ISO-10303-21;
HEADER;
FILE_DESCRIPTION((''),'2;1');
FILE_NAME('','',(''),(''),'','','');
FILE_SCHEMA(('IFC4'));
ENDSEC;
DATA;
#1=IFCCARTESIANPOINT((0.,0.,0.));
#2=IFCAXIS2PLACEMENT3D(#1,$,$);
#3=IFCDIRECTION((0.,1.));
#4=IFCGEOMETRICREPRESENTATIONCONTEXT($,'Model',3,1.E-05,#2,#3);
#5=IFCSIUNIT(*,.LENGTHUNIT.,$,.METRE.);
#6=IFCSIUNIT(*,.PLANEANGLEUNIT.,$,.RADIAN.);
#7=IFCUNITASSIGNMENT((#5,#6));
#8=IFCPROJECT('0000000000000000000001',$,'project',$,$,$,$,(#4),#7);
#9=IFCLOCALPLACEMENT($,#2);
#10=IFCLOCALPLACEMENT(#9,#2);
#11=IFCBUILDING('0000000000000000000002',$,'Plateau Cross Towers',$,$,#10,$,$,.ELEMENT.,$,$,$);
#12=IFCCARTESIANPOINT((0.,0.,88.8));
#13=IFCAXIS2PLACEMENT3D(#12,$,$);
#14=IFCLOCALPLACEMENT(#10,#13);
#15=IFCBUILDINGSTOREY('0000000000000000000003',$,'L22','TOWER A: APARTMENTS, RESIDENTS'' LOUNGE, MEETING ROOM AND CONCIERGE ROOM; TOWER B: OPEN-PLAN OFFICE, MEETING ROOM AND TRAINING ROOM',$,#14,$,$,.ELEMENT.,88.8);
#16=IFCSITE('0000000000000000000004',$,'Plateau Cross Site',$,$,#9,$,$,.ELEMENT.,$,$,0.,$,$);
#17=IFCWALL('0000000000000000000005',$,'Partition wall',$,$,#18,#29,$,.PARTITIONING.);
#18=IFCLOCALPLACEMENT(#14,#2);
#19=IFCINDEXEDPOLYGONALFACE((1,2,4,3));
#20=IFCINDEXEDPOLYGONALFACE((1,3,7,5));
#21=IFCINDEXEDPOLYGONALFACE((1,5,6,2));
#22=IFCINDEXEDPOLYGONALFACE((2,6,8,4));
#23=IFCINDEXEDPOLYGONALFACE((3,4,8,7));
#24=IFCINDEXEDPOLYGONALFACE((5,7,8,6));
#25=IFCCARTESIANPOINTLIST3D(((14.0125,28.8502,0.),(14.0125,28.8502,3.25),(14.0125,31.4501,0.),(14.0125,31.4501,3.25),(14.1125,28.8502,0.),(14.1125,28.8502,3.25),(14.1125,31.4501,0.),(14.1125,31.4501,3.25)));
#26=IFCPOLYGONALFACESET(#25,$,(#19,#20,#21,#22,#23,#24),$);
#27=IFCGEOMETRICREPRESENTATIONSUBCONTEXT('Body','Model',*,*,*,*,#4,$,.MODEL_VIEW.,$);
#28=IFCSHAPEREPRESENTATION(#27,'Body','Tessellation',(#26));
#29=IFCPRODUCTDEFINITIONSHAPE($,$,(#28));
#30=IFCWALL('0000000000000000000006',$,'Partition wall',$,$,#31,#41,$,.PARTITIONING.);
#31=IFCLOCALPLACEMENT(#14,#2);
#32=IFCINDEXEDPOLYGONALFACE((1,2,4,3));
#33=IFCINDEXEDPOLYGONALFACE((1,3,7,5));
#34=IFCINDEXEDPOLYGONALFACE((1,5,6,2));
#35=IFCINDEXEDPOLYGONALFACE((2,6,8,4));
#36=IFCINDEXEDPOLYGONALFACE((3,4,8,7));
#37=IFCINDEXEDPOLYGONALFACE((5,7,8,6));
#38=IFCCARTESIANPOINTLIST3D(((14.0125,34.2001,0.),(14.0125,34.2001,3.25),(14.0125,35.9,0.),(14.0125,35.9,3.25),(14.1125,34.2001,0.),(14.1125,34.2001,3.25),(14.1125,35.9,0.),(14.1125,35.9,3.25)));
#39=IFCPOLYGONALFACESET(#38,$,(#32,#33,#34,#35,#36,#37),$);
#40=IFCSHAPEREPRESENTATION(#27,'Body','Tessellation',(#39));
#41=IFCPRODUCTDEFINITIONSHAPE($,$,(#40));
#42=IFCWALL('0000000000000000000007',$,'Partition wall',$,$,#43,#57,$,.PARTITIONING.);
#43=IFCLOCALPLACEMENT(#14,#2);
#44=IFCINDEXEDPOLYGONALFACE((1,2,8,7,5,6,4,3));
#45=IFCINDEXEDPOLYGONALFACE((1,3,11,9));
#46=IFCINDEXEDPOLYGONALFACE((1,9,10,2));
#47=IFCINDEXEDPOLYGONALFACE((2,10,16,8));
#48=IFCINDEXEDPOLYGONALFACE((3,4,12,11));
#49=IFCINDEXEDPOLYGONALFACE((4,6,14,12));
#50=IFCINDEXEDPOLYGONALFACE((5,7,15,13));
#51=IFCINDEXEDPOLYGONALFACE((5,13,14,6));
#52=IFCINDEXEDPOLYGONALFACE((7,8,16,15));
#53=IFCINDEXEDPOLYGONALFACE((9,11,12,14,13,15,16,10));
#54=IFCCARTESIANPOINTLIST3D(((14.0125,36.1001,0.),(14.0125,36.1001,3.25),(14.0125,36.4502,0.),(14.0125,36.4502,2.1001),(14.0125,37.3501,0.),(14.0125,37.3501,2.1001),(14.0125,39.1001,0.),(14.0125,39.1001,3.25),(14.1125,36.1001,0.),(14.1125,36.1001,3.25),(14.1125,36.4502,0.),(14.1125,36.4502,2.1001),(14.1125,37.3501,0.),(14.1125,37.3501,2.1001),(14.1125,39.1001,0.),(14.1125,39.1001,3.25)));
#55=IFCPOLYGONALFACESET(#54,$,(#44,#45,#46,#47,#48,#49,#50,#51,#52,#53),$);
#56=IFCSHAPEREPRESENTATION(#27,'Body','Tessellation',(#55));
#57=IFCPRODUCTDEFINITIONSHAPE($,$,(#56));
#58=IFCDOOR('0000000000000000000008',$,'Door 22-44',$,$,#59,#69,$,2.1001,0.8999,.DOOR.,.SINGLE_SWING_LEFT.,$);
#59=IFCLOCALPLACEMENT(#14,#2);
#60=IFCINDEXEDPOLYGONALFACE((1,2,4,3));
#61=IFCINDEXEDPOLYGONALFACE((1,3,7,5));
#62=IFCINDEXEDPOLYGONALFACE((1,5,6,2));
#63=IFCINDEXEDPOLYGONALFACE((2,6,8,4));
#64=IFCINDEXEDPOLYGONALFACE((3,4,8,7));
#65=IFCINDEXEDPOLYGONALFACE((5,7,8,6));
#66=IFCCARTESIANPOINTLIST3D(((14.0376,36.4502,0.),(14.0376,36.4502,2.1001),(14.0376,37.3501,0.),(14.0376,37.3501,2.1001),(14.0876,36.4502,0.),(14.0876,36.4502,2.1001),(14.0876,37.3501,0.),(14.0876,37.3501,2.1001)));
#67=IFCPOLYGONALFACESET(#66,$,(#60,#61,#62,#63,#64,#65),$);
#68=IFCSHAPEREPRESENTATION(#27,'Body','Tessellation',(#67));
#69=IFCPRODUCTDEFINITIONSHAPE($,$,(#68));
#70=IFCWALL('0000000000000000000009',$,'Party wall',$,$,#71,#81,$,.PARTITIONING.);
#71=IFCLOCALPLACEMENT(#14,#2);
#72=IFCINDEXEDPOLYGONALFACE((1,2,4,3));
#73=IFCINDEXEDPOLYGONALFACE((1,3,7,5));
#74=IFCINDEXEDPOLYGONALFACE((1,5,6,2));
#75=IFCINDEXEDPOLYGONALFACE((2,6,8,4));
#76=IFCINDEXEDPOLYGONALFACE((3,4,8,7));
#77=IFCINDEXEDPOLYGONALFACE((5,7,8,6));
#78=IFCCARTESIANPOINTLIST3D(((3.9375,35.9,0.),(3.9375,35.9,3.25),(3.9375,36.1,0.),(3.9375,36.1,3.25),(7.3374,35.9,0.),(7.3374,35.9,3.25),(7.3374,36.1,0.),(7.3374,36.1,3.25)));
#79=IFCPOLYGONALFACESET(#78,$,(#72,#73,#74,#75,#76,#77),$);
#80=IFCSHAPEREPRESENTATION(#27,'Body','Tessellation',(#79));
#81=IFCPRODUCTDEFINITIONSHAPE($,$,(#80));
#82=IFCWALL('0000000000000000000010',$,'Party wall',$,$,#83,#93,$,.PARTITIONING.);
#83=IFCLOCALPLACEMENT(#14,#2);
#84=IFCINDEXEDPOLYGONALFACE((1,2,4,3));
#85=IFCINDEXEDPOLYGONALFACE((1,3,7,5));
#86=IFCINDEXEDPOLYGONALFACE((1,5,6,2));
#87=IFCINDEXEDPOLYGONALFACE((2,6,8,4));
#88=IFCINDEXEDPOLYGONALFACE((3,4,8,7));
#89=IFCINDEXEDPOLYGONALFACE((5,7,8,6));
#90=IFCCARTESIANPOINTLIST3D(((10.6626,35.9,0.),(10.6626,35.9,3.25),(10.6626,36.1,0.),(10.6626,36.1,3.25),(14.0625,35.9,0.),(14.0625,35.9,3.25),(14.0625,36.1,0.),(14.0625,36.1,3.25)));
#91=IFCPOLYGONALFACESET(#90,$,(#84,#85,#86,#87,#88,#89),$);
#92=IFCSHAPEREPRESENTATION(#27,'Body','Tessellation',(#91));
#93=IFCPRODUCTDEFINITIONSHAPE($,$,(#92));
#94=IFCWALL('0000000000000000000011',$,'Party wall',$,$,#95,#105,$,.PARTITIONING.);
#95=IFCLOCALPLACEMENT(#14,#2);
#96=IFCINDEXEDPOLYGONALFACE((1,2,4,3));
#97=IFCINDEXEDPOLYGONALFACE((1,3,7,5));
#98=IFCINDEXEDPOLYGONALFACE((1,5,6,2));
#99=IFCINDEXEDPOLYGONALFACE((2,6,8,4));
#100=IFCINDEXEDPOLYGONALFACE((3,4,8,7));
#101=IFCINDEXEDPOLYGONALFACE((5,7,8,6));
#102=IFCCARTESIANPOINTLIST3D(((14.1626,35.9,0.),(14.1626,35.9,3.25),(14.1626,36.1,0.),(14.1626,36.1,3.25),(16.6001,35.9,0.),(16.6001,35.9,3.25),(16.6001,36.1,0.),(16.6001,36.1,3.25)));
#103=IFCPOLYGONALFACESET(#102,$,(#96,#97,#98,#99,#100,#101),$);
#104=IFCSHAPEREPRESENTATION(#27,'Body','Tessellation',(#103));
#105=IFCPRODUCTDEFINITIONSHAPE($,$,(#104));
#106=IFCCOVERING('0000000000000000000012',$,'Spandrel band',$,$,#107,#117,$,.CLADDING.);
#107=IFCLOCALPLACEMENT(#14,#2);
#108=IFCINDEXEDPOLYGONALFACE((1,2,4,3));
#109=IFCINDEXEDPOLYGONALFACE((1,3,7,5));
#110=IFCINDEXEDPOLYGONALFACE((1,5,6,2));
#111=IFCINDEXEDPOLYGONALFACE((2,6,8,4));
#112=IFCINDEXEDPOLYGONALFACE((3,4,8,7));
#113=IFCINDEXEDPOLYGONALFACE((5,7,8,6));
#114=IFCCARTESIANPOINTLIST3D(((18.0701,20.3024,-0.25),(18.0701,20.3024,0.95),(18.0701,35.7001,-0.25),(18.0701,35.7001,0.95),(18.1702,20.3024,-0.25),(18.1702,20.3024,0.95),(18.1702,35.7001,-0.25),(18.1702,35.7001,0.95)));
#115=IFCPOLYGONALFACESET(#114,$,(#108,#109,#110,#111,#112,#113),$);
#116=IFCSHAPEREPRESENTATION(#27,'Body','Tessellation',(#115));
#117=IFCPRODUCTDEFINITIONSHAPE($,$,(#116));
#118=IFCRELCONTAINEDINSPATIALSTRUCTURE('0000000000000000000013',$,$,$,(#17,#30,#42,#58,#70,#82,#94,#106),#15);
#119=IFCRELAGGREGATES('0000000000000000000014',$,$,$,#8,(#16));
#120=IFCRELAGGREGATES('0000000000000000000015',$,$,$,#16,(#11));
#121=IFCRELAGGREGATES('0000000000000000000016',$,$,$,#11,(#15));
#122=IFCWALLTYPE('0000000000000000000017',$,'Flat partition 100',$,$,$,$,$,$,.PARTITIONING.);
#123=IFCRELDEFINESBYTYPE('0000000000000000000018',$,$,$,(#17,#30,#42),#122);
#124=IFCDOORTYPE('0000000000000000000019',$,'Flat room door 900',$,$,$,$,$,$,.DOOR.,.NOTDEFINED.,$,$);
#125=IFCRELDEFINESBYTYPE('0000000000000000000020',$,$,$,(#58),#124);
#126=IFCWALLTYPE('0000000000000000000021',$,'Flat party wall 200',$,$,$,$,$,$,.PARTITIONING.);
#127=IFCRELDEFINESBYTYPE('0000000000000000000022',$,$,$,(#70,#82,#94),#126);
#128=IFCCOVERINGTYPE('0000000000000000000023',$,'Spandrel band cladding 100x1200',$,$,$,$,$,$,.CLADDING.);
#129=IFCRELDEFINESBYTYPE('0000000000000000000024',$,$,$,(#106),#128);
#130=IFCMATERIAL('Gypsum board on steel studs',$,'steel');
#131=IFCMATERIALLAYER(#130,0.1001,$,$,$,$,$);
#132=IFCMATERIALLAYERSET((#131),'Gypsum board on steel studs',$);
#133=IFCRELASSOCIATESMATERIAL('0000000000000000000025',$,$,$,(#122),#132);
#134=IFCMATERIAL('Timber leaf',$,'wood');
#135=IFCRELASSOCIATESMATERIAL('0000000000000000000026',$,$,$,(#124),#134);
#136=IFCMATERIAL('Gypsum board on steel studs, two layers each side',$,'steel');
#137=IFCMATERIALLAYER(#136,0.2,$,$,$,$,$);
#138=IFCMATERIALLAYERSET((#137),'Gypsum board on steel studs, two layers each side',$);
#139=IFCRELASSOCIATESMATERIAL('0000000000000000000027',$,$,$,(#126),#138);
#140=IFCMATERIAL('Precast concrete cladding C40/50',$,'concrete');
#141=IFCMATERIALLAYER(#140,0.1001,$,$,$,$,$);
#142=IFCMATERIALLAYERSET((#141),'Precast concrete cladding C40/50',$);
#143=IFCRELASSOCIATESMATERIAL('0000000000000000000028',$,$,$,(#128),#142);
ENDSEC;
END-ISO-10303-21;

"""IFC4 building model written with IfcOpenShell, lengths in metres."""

from ifc_helpers import new_model, si_unit, direction, frame, frame_2d, origin, origin_2d, place, context, subcontext, project, spatial, rectangle, extrude, material, layer, layer_set, type_object, element, fill, save


model = new_model("IFC4")

# Units and contexts
model_context = context("Model", 3, precision=1e-05, world=origin(), true_north=direction((0.0, 1.0)))
body_context = subcontext(model_context, "Body", "Model", "MODEL_VIEW")
ifc_project = project(units=[si_unit("LENGTHUNIT", "METRE"), si_unit("PLANEANGLEUNIT", "RADIAN")], contexts=[model_context])

# Site, building, storey
site_placement = place(None, origin())
site = spatial("IfcSite", under=ifc_project, at=site_placement, Name="Plateau Cross Site", CompositionType="ELEMENT", RefElevation=0.0)
building_placement = place(site_placement, origin())
building = spatial("IfcBuilding", under=site, at=building_placement, Name="Plateau Cross Towers", CompositionType="ELEMENT")
storey_placement = place(building_placement, frame((0.0, 0.0, 88.8)))
storey = spatial("IfcBuildingStorey", under=building, at=storey_placement, Name="L22", Description="TOWER A: APARTMENTS, RESIDENTS' LOUNGE, MEETING ROOM AND CONCIERGE ROOM; TOWER B: OPEN-PLAN OFFICE, MEETING ROOM AND TRAINING ROOM", CompositionType="ELEMENT", Elevation=88.8)

# Shared definitions
ifc_material_1 = material(Name="Gypsum board on steel studs", Category="steel")
ifc_layer_1 = layer(ifc_material_1, 0.1001)
ifc_layer_set_1 = layer_set([ifc_layer_1], Name="Gypsum board on steel studs")
wall_type_1 = type_object("IfcWallType", Name="Flat partition 100", PredefinedType="PARTITIONING", material=ifc_layer_set_1)
ifc_material_2 = material(Name="Timber leaf", Category="wood")
door_type_1 = type_object("IfcDoorType", Name="Flat room door 900", OperationType="NOTDEFINED", PredefinedType="DOOR", material=ifc_material_2)

# Walls
wall_1_placement = place(storey_placement, frame((14.0625, 31.45, 0.0), z_axis=(0.0, 0.0, 1.0), x_axis=(0.0, -1.0, 0.0)))
element("IfcWall", 1, at=wall_1_placement, inside=storey, type_object=wall_type_1, Name="Partition wall", PredefinedType="PARTITIONING", context=body_context, shape_type="SweptSolid", body=[
    extrude(rectangle(XDim=2.5999, YDim=0.1001, at=frame_2d((1.2998, 0.0))), origin(), (0.0, 0.0, 1.0), 3.25),
])
wall_2_placement = place(storey_placement, frame((14.0625, 34.2, 0.0), z_axis=(0.0, 0.0, 1.0), x_axis=(0.0, 1.0, 0.0)))
element("IfcWall", 2, at=wall_2_placement, inside=storey, type_object=wall_type_1, Name="Partition wall", PredefinedType="PARTITIONING", context=body_context, shape_type="SweptSolid", body=[
    extrude(rectangle(XDim=1.7, YDim=0.1001, at=frame_2d((0.8501, 0.0))), origin(), (0.0, 0.0, 1.0), 3.25),
])

# Wall, opening, door
wall_3_placement = place(storey_placement, frame((14.0625, 36.1001, 0.0), z_axis=(0.0, 0.0, 1.0), x_axis=(0.0, 1.0, 0.0)))
wall_3 = element("IfcWall", 3, at=wall_3_placement, inside=storey, type_object=wall_type_1, Name="Partition wall", PredefinedType="PARTITIONING", context=body_context, shape_type="SweptSolid", body=[
    extrude(rectangle(XDim=3.0, YDim=0.1001, at=frame_2d((1.5, 0.0))), origin(), (0.0, 0.0, 1.0), 3.25),
])
opening_1_placement = place(wall_3_placement, frame((0.3501, 0.0, 0.0)))
opening_1 = element("IfcOpeningElement", 4, at=opening_1_placement, cuts=wall_3, PredefinedType="OPENING", context=body_context, shape_type="SweptSolid", body=[
    extrude(rectangle(XDim=0.8999, YDim=2.1001, at=frame_2d((0.45, 1.05))), frame((0.0, 0.0601, 0.0), z_axis=(0.0, -1.0, 0.0), x_axis=(1.0, 0.0, 0.0)), (0.0, 0.0, 1.0), 0.1201),
])
door_1_placement = place(opening_1_placement, origin())
door_1 = element("IfcDoor", 5, at=door_1_placement, inside=storey, type_object=door_type_1, Name="Door 22-44", OperationType="SINGLE_SWING_LEFT", OverallHeight=2.1001, OverallWidth=0.8999, PredefinedType="DOOR", context=body_context, shape_type="SweptSolid", body=[
    extrude(rectangle(XDim=0.8999, YDim=2.1001, at=frame_2d((0.45, 1.05))), frame((0.0, 0.0249, 0.0), z_axis=(0.0, -1.0, 0.0), x_axis=(1.0, 0.0, 0.0)), (0.0, 0.0, 1.0), 0.05),
])
fill(opening_1, door_1)

# Walls
ifc_material_3 = material(Name="Gypsum board on steel studs, two layers each side", Category="steel")
ifc_layer_2 = layer(ifc_material_3, 0.2)
ifc_layer_set_2 = layer_set([ifc_layer_2], Name="Gypsum board on steel studs, two layers each side")
wall_type_2 = type_object("IfcWallType", Name="Flat party wall 200", PredefinedType="PARTITIONING", material=ifc_layer_set_2)
for number, where, z_axis, x_axis, name in (
    (6, (7.3374, 36.0, 0.0), (0.0, 0.0, 1.0), (-1.0, 0.0, 0.0), "Party wall"),
    (7, (14.0625, 36.0, 0.0), (0.0, 0.0, 1.0), (-1.0, 0.0, 0.0), "Party wall"),
):
    element("IfcWall", number, at=place(storey_placement, frame(where, z_axis=z_axis, x_axis=x_axis)), inside=storey, type_object=wall_type_2, Name=name, PredefinedType="PARTITIONING", context=body_context, shape_type="SweptSolid", body=[
        extrude(rectangle(XDim=3.3999, YDim=0.2, at=frame_2d((1.7, 0.0))), origin(), (0.0, 0.0, 1.0), 3.25),
    ])
wall_4_placement = place(storey_placement, frame((14.1626, 36.0, 0.0), z_axis=(0.0, 0.0, 1.0), x_axis=(1.0, 0.0, 0.0)))
element("IfcWall", 8, at=wall_4_placement, inside=storey, type_object=wall_type_2, Name="Party wall", PredefinedType="PARTITIONING", context=body_context, shape_type="SweptSolid", body=[
    extrude(rectangle(XDim=2.4375, YDim=0.2, at=frame_2d((1.2188, 0.0))), origin(), (0.0, 0.0, 1.0), 3.25),
])

# Covering
ifc_material_4 = material(Name="Precast concrete cladding C40/50", Category="concrete")
ifc_layer_3 = layer(ifc_material_4, 0.1001)
ifc_layer_set_3 = layer_set([ifc_layer_3], Name="Precast concrete cladding C40/50")
covering_type = type_object("IfcCoveringType", Name="Spandrel band cladding 100x1200", PredefinedType="CLADDING", material=ifc_layer_set_3)
covering_placement = place(storey_placement, frame((18.1201, 28.0012, -0.25), z_axis=(0.0, 0.0, 1.0), x_axis=(0.0, 1.0, 0.0)))
element("IfcCovering", 9, at=covering_placement, inside=storey, type_object=covering_type, Name="Spandrel band", PredefinedType="CLADDING", context=body_context, shape_type="SweptSolid", body=[
    extrude(rectangle(XDim=15.3977, YDim=0.1001, at=origin_2d()), origin(), (0.0, 0.0, 1.0), 1.2),
])

save(model, "model.ifc")
